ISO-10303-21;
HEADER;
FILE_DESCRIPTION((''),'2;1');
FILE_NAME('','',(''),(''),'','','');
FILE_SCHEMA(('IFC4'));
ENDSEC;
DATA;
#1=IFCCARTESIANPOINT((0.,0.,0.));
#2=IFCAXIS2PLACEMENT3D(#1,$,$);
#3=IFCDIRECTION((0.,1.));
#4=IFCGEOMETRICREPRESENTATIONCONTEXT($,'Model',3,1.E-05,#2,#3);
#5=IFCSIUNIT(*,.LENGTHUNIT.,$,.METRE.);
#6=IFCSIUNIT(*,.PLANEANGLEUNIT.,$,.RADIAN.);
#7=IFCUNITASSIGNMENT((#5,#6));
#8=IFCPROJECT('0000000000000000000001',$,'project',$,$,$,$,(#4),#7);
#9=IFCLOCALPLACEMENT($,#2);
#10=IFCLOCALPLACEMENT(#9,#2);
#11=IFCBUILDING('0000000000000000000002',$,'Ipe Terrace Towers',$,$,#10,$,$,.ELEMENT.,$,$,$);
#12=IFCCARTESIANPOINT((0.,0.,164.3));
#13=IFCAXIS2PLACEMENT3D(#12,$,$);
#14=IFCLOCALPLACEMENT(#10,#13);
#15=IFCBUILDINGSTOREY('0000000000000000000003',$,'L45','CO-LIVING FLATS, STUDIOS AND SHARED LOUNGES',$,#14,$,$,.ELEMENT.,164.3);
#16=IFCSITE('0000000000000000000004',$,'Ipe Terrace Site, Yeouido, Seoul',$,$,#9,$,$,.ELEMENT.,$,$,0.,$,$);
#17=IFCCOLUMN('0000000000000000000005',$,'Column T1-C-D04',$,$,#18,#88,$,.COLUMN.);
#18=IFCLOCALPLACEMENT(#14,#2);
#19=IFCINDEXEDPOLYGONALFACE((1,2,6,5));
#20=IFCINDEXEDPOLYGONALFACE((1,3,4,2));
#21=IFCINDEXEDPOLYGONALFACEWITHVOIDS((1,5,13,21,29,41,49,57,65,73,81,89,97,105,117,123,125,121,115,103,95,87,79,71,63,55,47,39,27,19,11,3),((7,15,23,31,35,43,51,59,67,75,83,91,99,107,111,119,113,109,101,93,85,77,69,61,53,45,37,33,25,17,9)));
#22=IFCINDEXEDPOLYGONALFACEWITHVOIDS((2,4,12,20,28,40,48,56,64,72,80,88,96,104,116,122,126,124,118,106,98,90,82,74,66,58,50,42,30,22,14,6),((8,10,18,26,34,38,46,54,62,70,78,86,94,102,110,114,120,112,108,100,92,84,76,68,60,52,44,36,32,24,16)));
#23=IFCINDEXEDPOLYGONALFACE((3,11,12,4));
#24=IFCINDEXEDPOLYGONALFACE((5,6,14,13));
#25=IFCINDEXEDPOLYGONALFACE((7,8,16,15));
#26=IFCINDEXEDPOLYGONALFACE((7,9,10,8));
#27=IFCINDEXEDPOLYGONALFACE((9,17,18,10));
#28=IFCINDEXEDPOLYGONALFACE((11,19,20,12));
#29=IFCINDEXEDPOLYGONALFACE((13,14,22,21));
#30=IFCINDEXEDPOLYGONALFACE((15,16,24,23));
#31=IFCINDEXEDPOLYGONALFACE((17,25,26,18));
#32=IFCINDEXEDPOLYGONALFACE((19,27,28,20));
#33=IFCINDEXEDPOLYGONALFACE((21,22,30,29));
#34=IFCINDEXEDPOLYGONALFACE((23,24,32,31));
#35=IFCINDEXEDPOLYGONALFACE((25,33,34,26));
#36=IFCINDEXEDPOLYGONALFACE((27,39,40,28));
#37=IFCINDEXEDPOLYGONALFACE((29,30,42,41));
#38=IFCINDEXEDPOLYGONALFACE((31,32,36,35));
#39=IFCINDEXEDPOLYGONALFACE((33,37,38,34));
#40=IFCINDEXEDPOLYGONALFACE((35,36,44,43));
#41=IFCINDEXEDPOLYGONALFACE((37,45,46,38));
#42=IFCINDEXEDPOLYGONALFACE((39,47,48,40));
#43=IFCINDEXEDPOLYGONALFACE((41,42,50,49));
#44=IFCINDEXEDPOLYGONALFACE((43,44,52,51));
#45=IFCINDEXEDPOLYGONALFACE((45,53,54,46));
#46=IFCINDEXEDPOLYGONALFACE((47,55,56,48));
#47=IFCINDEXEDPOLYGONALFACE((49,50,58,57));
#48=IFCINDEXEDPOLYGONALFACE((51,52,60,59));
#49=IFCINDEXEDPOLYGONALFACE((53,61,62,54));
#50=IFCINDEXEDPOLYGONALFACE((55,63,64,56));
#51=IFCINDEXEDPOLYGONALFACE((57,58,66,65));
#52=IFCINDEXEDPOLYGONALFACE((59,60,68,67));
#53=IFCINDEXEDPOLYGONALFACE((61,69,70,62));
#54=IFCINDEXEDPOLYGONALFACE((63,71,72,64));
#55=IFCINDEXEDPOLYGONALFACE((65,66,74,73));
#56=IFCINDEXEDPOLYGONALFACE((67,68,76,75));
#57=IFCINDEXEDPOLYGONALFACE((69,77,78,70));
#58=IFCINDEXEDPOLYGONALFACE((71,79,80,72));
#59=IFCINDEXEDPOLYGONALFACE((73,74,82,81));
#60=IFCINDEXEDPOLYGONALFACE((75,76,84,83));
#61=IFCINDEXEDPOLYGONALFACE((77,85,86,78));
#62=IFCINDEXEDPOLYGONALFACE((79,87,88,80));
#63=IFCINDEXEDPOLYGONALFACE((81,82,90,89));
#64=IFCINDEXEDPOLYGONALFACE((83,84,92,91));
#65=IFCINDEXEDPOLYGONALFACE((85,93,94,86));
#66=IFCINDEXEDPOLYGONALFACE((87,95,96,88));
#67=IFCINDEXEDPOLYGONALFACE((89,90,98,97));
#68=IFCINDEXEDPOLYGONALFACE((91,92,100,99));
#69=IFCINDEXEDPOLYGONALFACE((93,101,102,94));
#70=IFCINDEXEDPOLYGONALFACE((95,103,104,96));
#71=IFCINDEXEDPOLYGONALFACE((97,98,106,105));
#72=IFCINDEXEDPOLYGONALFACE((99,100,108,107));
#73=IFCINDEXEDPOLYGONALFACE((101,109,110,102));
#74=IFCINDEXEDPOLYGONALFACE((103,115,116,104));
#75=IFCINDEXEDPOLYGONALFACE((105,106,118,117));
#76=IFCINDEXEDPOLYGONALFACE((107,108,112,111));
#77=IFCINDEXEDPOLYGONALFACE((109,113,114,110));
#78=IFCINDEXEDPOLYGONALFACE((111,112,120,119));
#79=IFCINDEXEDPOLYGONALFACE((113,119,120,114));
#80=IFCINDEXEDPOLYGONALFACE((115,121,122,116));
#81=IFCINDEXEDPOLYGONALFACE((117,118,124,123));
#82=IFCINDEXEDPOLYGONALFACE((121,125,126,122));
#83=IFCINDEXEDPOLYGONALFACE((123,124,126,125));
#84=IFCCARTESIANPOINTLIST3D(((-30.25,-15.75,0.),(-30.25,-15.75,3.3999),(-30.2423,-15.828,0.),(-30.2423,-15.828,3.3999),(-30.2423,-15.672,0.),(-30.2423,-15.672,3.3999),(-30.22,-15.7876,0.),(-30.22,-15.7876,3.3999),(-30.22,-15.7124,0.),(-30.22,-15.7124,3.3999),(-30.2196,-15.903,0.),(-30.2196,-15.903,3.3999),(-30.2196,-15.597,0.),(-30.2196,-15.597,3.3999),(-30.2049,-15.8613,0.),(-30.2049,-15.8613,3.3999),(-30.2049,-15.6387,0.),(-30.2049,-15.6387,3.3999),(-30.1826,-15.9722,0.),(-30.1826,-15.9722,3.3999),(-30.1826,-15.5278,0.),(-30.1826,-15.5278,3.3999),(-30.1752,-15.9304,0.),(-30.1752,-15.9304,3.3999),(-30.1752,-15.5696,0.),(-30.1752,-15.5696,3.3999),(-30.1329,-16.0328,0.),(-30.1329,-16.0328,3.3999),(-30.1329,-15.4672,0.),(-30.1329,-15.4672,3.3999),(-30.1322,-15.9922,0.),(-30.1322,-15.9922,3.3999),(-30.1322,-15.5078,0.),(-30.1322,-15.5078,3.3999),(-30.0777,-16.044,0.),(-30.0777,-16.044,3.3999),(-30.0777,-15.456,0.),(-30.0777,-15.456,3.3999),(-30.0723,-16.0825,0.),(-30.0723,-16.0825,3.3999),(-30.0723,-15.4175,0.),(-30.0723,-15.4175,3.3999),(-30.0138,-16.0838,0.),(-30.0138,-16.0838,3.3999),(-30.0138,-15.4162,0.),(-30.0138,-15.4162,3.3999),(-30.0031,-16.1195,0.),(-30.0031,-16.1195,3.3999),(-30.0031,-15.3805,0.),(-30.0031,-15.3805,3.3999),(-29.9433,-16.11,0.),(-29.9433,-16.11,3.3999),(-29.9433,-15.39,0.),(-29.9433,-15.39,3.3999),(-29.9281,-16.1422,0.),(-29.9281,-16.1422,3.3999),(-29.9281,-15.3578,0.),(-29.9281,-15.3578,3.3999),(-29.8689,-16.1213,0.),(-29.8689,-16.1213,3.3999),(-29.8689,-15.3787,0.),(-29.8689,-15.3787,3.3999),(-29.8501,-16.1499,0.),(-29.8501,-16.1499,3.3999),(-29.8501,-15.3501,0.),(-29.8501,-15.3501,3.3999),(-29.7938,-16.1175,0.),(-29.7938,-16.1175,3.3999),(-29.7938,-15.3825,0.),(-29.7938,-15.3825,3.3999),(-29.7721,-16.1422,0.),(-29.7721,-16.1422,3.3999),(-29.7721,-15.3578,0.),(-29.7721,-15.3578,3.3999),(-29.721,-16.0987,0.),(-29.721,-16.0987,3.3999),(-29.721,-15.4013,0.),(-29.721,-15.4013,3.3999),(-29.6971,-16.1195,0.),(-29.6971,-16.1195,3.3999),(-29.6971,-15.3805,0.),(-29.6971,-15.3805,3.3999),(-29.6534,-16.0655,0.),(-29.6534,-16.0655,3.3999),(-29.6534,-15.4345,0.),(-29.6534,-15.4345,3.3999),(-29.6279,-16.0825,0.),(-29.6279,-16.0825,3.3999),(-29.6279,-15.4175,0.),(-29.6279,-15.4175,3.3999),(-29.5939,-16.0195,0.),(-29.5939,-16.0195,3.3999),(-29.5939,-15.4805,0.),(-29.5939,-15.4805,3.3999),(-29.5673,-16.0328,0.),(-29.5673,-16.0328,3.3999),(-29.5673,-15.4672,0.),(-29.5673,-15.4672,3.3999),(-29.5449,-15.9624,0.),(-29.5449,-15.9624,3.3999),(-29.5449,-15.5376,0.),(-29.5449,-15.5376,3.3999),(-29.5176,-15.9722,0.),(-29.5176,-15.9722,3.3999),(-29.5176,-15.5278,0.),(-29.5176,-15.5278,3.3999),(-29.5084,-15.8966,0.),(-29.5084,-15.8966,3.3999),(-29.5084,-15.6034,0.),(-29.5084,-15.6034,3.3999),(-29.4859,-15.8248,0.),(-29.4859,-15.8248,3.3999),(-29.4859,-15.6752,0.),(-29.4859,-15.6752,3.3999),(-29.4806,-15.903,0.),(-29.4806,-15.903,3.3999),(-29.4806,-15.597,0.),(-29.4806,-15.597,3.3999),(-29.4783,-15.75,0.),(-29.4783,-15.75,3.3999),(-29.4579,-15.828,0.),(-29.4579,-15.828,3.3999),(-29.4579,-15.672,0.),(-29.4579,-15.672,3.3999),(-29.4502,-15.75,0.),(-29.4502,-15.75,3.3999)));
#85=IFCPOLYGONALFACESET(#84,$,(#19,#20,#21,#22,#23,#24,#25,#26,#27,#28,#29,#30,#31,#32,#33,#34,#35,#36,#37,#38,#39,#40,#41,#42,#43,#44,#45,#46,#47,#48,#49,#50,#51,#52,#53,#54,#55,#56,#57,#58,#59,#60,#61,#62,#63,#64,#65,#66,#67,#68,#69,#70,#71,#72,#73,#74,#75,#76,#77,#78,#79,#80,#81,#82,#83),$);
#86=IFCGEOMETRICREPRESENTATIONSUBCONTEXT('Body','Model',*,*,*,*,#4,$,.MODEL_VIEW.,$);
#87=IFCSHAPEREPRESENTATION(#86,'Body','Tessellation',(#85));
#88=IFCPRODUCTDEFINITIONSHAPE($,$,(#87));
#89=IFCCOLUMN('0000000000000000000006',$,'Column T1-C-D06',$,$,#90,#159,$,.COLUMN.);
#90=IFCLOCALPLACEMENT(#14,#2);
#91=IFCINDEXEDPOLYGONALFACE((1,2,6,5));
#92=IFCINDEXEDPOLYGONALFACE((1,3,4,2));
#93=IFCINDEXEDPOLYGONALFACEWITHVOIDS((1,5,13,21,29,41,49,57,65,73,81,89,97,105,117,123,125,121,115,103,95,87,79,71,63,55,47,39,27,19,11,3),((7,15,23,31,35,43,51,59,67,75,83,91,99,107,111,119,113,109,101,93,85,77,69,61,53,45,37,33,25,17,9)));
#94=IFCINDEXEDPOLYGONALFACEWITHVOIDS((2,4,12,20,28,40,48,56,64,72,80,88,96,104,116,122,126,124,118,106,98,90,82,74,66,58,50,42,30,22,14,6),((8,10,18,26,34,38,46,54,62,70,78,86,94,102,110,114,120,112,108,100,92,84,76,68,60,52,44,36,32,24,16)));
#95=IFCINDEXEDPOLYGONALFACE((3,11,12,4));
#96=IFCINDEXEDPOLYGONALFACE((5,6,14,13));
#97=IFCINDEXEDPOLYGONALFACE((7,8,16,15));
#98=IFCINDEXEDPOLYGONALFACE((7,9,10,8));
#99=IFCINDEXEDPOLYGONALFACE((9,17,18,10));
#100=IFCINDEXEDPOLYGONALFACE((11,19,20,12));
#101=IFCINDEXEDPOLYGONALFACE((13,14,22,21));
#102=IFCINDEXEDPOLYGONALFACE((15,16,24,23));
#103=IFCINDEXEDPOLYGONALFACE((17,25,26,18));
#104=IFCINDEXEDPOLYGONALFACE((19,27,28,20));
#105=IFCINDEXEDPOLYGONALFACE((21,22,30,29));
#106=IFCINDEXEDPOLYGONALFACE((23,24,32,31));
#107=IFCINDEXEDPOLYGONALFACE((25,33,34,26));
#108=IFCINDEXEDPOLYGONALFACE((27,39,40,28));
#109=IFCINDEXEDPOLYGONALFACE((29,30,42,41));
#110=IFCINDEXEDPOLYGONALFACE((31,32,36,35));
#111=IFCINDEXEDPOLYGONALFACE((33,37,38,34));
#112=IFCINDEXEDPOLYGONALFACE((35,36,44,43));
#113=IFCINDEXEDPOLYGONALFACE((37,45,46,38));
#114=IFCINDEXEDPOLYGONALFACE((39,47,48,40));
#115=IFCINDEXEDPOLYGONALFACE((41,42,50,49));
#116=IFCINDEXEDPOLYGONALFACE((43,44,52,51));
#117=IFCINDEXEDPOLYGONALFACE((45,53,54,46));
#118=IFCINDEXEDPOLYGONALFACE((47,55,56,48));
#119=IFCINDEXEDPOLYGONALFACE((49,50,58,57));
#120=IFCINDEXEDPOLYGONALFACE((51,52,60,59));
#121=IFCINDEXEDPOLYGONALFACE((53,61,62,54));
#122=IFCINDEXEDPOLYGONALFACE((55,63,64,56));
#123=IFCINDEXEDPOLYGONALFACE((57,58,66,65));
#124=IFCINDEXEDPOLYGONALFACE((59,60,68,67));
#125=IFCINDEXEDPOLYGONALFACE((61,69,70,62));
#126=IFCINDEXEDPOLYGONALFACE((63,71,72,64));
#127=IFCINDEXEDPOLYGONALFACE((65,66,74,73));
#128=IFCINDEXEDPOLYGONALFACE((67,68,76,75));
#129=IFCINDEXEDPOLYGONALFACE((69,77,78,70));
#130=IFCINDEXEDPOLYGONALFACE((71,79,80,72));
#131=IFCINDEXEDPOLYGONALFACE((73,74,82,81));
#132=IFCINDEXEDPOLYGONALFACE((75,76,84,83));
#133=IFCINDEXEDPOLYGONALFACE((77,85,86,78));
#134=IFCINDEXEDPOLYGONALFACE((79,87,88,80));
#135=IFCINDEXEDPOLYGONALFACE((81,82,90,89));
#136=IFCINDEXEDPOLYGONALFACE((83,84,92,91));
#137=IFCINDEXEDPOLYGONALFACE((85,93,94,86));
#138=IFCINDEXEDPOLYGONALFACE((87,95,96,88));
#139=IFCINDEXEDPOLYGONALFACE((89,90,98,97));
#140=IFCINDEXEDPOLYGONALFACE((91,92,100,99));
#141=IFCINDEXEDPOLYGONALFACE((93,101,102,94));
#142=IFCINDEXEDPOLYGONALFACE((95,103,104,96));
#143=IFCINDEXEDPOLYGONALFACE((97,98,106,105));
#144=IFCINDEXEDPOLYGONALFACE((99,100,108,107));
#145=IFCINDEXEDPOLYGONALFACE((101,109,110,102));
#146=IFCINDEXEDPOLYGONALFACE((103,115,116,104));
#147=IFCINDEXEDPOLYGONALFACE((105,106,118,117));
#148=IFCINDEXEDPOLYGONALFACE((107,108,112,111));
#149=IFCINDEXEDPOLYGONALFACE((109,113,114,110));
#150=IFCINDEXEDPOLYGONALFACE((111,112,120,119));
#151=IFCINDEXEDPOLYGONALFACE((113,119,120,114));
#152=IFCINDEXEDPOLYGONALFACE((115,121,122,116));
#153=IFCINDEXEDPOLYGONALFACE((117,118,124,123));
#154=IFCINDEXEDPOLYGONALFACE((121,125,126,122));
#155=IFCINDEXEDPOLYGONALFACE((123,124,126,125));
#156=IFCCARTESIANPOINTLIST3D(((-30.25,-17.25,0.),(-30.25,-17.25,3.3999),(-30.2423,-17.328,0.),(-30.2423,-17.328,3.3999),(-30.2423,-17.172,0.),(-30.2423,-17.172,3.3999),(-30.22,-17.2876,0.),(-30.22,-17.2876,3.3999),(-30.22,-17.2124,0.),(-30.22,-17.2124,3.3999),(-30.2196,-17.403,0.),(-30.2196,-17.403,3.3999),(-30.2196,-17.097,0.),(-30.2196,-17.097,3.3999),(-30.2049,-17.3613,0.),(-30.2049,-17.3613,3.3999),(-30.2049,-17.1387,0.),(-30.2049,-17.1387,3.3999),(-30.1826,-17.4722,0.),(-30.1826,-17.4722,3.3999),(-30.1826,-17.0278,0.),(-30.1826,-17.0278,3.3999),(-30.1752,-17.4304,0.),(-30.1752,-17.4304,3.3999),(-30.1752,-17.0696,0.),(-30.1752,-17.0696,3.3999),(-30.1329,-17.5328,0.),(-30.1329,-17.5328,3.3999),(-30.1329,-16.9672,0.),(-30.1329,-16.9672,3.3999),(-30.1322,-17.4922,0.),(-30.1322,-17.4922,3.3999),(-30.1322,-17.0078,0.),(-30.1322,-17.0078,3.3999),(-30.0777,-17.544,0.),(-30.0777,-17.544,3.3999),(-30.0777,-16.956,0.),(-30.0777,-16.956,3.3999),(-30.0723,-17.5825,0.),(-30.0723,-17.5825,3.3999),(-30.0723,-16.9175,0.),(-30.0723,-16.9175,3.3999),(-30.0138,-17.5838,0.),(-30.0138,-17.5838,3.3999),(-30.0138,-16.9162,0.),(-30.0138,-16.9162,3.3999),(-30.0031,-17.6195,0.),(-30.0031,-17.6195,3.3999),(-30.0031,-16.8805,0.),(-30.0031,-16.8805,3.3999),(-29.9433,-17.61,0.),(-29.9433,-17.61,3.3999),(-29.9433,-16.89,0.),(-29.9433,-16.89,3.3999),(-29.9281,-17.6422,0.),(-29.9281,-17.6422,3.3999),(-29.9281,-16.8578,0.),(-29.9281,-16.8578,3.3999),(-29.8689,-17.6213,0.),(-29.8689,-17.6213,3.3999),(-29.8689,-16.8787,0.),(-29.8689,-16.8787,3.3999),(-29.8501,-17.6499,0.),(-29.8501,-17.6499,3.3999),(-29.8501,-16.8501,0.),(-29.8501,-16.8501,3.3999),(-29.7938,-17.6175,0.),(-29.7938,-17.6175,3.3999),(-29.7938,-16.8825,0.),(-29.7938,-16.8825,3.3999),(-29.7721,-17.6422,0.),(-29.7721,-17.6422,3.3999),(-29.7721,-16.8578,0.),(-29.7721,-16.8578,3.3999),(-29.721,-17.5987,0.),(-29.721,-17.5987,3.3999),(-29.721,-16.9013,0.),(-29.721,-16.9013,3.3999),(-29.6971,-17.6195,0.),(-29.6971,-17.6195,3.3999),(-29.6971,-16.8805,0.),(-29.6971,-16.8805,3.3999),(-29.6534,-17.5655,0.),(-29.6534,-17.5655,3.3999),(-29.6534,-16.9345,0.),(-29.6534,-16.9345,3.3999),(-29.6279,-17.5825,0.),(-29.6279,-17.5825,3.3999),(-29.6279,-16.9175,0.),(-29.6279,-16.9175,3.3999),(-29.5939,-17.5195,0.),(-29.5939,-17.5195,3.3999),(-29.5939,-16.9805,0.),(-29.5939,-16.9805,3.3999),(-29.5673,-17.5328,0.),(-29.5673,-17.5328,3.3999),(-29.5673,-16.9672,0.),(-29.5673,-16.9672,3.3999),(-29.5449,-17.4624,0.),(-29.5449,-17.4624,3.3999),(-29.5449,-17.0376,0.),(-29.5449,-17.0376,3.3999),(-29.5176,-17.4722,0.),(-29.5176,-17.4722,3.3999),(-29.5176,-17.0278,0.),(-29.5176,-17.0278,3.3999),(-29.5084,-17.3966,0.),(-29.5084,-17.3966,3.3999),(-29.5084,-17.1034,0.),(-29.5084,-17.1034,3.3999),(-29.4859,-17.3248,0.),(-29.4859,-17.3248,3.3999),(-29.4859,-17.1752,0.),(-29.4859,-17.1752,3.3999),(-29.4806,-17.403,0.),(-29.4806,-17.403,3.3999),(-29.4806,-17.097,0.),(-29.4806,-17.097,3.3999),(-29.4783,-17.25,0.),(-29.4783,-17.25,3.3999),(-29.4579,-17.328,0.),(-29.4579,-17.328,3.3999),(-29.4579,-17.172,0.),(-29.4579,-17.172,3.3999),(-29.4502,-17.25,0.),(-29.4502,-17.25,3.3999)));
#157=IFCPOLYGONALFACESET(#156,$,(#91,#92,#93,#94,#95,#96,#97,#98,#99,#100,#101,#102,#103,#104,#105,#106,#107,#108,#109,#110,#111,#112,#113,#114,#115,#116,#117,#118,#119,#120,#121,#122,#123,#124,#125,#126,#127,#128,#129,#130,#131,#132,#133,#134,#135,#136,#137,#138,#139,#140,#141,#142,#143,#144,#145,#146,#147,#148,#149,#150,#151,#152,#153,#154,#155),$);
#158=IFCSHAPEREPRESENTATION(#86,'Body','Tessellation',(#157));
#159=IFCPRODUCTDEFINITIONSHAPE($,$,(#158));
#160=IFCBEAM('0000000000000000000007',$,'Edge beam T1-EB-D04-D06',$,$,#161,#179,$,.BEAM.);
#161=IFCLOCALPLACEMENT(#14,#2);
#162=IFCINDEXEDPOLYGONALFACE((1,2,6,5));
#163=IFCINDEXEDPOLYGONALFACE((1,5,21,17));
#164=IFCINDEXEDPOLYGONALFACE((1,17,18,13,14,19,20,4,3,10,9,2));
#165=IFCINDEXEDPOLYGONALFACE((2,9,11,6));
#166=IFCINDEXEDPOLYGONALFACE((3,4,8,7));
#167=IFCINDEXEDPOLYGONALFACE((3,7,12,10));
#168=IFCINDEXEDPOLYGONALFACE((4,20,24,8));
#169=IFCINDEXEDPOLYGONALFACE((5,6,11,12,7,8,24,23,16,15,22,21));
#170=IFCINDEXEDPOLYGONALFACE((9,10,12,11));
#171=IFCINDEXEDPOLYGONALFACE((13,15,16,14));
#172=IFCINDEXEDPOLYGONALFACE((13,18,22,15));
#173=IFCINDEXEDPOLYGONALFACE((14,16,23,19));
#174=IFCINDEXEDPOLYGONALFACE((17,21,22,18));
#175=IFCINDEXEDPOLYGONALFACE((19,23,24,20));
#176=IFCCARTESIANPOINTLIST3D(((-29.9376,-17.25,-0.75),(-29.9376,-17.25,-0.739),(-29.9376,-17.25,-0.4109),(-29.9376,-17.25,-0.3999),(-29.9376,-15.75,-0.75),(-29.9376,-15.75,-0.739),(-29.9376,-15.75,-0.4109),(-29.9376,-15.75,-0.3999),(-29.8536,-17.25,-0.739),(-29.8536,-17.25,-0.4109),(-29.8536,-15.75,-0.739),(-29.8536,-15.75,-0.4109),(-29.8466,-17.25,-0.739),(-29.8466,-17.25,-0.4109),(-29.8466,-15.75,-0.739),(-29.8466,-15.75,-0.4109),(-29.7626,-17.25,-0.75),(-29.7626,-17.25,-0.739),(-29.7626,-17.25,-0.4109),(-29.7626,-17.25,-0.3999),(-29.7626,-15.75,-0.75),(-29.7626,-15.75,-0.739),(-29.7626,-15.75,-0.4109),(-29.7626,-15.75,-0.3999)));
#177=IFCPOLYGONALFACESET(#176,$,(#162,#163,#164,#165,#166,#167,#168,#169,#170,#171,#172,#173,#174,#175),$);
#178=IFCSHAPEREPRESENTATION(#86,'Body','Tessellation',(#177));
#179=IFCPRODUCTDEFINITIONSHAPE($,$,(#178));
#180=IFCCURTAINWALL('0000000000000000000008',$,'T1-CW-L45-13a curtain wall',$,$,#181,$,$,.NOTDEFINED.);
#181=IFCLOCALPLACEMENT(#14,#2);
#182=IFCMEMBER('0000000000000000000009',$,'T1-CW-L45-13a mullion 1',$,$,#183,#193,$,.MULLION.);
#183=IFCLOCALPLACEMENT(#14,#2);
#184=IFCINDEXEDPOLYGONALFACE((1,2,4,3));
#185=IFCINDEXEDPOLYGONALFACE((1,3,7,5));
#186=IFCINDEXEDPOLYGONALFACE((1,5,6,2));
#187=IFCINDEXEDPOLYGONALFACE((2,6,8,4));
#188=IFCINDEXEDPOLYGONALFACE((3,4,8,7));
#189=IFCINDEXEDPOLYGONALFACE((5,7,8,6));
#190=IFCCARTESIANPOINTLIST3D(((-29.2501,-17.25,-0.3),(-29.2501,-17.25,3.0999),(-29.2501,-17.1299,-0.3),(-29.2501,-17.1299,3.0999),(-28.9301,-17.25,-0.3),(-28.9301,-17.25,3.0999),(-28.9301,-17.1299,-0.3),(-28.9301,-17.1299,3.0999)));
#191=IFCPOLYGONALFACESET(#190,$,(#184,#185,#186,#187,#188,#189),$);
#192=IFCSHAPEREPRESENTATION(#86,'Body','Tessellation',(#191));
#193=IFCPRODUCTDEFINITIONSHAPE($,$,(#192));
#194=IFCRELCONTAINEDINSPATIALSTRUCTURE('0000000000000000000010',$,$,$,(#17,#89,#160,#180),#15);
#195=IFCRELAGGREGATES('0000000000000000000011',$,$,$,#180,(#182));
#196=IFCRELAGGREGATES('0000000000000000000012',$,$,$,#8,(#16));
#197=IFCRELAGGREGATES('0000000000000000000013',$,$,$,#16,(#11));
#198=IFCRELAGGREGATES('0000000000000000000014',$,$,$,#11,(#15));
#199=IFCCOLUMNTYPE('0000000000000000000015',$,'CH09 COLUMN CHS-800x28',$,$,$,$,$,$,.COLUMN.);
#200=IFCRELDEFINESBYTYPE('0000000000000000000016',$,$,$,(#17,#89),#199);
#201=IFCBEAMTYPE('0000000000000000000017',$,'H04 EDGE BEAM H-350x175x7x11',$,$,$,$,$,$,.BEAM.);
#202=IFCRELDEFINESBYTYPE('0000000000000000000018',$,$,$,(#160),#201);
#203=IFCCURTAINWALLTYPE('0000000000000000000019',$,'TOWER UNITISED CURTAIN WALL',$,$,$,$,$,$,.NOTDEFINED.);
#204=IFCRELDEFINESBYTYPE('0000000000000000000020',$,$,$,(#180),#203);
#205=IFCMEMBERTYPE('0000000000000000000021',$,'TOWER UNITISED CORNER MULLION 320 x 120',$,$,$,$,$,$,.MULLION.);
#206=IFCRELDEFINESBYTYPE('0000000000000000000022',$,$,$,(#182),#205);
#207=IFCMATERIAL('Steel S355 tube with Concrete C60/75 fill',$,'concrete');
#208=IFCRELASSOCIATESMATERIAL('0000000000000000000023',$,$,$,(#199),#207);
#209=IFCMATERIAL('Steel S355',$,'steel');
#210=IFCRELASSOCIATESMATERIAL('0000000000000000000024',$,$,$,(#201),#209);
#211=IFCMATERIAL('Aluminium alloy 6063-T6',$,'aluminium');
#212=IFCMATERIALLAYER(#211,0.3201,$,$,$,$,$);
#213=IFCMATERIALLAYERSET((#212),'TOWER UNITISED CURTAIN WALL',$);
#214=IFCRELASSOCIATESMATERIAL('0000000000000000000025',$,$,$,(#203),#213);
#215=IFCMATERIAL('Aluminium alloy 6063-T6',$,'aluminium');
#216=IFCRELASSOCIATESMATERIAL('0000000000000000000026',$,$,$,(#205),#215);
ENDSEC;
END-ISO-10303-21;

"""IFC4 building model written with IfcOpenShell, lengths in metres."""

from ifc_helpers import new_model, si_unit, direction, frame, origin, origin_2d, place, context, subcontext, project, spatial, rectangle, hollow_circle, i_section, extrude, material, layer, layer_set, material_profile, profile_set, type_object, element, aggregate, save


model = new_model("IFC4")

# Units and contexts
model_context = context("Model", 3, precision=1e-05, world=origin(), true_north=direction((0.0, 1.0)))
body_context = subcontext(model_context, "Body", "Model", "MODEL_VIEW")
ifc_project = project(units=[si_unit("LENGTHUNIT", "METRE"), si_unit("PLANEANGLEUNIT", "RADIAN")], contexts=[model_context])

# Site, building, storey
site_placement = place(None, origin())
site = spatial("IfcSite", under=ifc_project, at=site_placement, Name="Ipe Terrace Site, Yeouido, Seoul", CompositionType="ELEMENT", RefElevation=0.0)
building_placement = place(site_placement, origin())
building = spatial("IfcBuilding", under=site, at=building_placement, Name="Ipe Terrace Towers", CompositionType="ELEMENT")
storey_placement = place(building_placement, frame((0.0, 0.0, 164.3)))
storey = spatial("IfcBuildingStorey", under=building, at=storey_placement, Name="L45", Description="CO-LIVING FLATS, STUDIOS AND SHARED LOUNGES", CompositionType="ELEMENT", Elevation=164.3)

# Columns
ifc_material_1 = material(Name="Steel S355 tube with Concrete C60/75 fill", Category="concrete")
ifc_material_profile_1 = material_profile(ifc_material_1, hollow_circle(Radius=0.3999, WallThickness=0.0281, at=origin_2d()), Name="CHS-800x28")
ifc_profile_set_1 = profile_set([ifc_material_profile_1], Name="Steel S355 tube with Concrete C60/75 fill")
column_type = type_object("IfcColumnType", Name="CH09 COLUMN CHS-800x28", PredefinedType="COLUMN", material=ifc_profile_set_1)
for number, where, z_axis, x_axis, name in (
    (1, (-29.8501, -15.75, 0.0), (0.0, 0.0, 1.0), (1.0, 0.0, 0.0), "Column T1-C-D04"),
    (2, (-29.8501, -17.25, 0.0), (0.0, 0.0, 1.0), (1.0, 0.0, 0.0), "Column T1-C-D06"),
):
    element("IfcColumn", number, at=place(storey_placement, frame(where, z_axis=z_axis, x_axis=x_axis)), inside=storey, type_object=column_type, Name=name, PredefinedType="COLUMN", context=body_context, shape_type="SweptSolid", body=[
        extrude(hollow_circle(Radius=0.3999, WallThickness=0.0281, at=origin_2d()), origin(), (0.0, 0.0, 1.0), 3.3999),
    ])

# Beam
ifc_material_2 = material(Name="Steel S355", Category="steel")
ifc_material_profile_2 = material_profile(ifc_material_2, i_section(OverallWidth=0.175, OverallDepth=0.3501, WebThickness=0.0071, FlangeThickness=0.011, at=origin_2d()), Name="H-350x175x7x11")
ifc_profile_set_2 = profile_set([ifc_material_profile_2], Name="Steel S355")
beam_type = type_object("IfcBeamType", Name="H04 EDGE BEAM H-350x175x7x11", PredefinedType="BEAM", material=ifc_profile_set_2)
beam_placement = place(storey_placement, frame((-29.8501, -15.75, -0.575), z_axis=(0.0, -1.0, 0.0), x_axis=(1.0, 0.0, 0.0)))
element("IfcBeam", 3, at=beam_placement, inside=storey, type_object=beam_type, Name="Edge beam T1-EB-D04-D06", PredefinedType="BEAM", context=body_context, shape_type="SweptSolid", body=[
    extrude(i_section(OverallWidth=0.175, OverallDepth=0.3501, WebThickness=0.0071, FlangeThickness=0.011, at=origin_2d()), origin(), (0.0, 0.0, 1.0), 1.5),
])

# Curtain wall, member
ifc_material_3 = material(Name="Aluminium alloy 6063-T6", Category="aluminium")
ifc_layer_1 = layer(ifc_material_3, 0.3201)
ifc_layer_set_1 = layer_set([ifc_layer_1], Name="TOWER UNITISED CURTAIN WALL")
curtain_wall_type = type_object("IfcCurtainWallType", Name="TOWER UNITISED CURTAIN WALL", PredefinedType="NOTDEFINED", material=ifc_layer_set_1)
curtain_wall_1_placement = place(storey_placement, origin())
curtain_wall_1 = element("IfcCurtainWall", 4, at=curtain_wall_1_placement, inside=storey, type_object=curtain_wall_type, Name="T1-CW-L45-13a curtain wall", PredefinedType="NOTDEFINED")
ifc_material_4 = material(Name="Aluminium alloy 6063-T6", Category="aluminium")
ifc_material_profile_3 = material_profile(ifc_material_4, rectangle(XDim=0.3201, YDim=0.1201, at=origin_2d()), Name="TOWER UNITISED CORNER MULLION 320 x 120")
ifc_profile_set_3 = profile_set([ifc_material_profile_3], Name="Aluminium alloy 6063-T6")
member_type = type_object("IfcMemberType", Name="TOWER UNITISED CORNER MULLION 320 x 120", PredefinedType="MULLION", material=ifc_profile_set_3)
member_1_placement = place(storey_placement, frame((-29.0901, -17.1899, -0.3), z_axis=(0.0, 0.0, 1.0), x_axis=(1.0, 0.0, 0.0)))
member_1 = element("IfcMember", 5, at=member_1_placement, type_object=member_type, Name="T1-CW-L45-13a mullion 1", PredefinedType="MULLION", context=body_context, shape_type="SweptSolid", body=[
    extrude(rectangle(XDim=0.3201, YDim=0.1201, at=origin_2d()), origin(), (0.0, 0.0, 1.0), 3.3999),
])

aggregate(curtain_wall_1, [member_1])

save(model, "model.ifc")
